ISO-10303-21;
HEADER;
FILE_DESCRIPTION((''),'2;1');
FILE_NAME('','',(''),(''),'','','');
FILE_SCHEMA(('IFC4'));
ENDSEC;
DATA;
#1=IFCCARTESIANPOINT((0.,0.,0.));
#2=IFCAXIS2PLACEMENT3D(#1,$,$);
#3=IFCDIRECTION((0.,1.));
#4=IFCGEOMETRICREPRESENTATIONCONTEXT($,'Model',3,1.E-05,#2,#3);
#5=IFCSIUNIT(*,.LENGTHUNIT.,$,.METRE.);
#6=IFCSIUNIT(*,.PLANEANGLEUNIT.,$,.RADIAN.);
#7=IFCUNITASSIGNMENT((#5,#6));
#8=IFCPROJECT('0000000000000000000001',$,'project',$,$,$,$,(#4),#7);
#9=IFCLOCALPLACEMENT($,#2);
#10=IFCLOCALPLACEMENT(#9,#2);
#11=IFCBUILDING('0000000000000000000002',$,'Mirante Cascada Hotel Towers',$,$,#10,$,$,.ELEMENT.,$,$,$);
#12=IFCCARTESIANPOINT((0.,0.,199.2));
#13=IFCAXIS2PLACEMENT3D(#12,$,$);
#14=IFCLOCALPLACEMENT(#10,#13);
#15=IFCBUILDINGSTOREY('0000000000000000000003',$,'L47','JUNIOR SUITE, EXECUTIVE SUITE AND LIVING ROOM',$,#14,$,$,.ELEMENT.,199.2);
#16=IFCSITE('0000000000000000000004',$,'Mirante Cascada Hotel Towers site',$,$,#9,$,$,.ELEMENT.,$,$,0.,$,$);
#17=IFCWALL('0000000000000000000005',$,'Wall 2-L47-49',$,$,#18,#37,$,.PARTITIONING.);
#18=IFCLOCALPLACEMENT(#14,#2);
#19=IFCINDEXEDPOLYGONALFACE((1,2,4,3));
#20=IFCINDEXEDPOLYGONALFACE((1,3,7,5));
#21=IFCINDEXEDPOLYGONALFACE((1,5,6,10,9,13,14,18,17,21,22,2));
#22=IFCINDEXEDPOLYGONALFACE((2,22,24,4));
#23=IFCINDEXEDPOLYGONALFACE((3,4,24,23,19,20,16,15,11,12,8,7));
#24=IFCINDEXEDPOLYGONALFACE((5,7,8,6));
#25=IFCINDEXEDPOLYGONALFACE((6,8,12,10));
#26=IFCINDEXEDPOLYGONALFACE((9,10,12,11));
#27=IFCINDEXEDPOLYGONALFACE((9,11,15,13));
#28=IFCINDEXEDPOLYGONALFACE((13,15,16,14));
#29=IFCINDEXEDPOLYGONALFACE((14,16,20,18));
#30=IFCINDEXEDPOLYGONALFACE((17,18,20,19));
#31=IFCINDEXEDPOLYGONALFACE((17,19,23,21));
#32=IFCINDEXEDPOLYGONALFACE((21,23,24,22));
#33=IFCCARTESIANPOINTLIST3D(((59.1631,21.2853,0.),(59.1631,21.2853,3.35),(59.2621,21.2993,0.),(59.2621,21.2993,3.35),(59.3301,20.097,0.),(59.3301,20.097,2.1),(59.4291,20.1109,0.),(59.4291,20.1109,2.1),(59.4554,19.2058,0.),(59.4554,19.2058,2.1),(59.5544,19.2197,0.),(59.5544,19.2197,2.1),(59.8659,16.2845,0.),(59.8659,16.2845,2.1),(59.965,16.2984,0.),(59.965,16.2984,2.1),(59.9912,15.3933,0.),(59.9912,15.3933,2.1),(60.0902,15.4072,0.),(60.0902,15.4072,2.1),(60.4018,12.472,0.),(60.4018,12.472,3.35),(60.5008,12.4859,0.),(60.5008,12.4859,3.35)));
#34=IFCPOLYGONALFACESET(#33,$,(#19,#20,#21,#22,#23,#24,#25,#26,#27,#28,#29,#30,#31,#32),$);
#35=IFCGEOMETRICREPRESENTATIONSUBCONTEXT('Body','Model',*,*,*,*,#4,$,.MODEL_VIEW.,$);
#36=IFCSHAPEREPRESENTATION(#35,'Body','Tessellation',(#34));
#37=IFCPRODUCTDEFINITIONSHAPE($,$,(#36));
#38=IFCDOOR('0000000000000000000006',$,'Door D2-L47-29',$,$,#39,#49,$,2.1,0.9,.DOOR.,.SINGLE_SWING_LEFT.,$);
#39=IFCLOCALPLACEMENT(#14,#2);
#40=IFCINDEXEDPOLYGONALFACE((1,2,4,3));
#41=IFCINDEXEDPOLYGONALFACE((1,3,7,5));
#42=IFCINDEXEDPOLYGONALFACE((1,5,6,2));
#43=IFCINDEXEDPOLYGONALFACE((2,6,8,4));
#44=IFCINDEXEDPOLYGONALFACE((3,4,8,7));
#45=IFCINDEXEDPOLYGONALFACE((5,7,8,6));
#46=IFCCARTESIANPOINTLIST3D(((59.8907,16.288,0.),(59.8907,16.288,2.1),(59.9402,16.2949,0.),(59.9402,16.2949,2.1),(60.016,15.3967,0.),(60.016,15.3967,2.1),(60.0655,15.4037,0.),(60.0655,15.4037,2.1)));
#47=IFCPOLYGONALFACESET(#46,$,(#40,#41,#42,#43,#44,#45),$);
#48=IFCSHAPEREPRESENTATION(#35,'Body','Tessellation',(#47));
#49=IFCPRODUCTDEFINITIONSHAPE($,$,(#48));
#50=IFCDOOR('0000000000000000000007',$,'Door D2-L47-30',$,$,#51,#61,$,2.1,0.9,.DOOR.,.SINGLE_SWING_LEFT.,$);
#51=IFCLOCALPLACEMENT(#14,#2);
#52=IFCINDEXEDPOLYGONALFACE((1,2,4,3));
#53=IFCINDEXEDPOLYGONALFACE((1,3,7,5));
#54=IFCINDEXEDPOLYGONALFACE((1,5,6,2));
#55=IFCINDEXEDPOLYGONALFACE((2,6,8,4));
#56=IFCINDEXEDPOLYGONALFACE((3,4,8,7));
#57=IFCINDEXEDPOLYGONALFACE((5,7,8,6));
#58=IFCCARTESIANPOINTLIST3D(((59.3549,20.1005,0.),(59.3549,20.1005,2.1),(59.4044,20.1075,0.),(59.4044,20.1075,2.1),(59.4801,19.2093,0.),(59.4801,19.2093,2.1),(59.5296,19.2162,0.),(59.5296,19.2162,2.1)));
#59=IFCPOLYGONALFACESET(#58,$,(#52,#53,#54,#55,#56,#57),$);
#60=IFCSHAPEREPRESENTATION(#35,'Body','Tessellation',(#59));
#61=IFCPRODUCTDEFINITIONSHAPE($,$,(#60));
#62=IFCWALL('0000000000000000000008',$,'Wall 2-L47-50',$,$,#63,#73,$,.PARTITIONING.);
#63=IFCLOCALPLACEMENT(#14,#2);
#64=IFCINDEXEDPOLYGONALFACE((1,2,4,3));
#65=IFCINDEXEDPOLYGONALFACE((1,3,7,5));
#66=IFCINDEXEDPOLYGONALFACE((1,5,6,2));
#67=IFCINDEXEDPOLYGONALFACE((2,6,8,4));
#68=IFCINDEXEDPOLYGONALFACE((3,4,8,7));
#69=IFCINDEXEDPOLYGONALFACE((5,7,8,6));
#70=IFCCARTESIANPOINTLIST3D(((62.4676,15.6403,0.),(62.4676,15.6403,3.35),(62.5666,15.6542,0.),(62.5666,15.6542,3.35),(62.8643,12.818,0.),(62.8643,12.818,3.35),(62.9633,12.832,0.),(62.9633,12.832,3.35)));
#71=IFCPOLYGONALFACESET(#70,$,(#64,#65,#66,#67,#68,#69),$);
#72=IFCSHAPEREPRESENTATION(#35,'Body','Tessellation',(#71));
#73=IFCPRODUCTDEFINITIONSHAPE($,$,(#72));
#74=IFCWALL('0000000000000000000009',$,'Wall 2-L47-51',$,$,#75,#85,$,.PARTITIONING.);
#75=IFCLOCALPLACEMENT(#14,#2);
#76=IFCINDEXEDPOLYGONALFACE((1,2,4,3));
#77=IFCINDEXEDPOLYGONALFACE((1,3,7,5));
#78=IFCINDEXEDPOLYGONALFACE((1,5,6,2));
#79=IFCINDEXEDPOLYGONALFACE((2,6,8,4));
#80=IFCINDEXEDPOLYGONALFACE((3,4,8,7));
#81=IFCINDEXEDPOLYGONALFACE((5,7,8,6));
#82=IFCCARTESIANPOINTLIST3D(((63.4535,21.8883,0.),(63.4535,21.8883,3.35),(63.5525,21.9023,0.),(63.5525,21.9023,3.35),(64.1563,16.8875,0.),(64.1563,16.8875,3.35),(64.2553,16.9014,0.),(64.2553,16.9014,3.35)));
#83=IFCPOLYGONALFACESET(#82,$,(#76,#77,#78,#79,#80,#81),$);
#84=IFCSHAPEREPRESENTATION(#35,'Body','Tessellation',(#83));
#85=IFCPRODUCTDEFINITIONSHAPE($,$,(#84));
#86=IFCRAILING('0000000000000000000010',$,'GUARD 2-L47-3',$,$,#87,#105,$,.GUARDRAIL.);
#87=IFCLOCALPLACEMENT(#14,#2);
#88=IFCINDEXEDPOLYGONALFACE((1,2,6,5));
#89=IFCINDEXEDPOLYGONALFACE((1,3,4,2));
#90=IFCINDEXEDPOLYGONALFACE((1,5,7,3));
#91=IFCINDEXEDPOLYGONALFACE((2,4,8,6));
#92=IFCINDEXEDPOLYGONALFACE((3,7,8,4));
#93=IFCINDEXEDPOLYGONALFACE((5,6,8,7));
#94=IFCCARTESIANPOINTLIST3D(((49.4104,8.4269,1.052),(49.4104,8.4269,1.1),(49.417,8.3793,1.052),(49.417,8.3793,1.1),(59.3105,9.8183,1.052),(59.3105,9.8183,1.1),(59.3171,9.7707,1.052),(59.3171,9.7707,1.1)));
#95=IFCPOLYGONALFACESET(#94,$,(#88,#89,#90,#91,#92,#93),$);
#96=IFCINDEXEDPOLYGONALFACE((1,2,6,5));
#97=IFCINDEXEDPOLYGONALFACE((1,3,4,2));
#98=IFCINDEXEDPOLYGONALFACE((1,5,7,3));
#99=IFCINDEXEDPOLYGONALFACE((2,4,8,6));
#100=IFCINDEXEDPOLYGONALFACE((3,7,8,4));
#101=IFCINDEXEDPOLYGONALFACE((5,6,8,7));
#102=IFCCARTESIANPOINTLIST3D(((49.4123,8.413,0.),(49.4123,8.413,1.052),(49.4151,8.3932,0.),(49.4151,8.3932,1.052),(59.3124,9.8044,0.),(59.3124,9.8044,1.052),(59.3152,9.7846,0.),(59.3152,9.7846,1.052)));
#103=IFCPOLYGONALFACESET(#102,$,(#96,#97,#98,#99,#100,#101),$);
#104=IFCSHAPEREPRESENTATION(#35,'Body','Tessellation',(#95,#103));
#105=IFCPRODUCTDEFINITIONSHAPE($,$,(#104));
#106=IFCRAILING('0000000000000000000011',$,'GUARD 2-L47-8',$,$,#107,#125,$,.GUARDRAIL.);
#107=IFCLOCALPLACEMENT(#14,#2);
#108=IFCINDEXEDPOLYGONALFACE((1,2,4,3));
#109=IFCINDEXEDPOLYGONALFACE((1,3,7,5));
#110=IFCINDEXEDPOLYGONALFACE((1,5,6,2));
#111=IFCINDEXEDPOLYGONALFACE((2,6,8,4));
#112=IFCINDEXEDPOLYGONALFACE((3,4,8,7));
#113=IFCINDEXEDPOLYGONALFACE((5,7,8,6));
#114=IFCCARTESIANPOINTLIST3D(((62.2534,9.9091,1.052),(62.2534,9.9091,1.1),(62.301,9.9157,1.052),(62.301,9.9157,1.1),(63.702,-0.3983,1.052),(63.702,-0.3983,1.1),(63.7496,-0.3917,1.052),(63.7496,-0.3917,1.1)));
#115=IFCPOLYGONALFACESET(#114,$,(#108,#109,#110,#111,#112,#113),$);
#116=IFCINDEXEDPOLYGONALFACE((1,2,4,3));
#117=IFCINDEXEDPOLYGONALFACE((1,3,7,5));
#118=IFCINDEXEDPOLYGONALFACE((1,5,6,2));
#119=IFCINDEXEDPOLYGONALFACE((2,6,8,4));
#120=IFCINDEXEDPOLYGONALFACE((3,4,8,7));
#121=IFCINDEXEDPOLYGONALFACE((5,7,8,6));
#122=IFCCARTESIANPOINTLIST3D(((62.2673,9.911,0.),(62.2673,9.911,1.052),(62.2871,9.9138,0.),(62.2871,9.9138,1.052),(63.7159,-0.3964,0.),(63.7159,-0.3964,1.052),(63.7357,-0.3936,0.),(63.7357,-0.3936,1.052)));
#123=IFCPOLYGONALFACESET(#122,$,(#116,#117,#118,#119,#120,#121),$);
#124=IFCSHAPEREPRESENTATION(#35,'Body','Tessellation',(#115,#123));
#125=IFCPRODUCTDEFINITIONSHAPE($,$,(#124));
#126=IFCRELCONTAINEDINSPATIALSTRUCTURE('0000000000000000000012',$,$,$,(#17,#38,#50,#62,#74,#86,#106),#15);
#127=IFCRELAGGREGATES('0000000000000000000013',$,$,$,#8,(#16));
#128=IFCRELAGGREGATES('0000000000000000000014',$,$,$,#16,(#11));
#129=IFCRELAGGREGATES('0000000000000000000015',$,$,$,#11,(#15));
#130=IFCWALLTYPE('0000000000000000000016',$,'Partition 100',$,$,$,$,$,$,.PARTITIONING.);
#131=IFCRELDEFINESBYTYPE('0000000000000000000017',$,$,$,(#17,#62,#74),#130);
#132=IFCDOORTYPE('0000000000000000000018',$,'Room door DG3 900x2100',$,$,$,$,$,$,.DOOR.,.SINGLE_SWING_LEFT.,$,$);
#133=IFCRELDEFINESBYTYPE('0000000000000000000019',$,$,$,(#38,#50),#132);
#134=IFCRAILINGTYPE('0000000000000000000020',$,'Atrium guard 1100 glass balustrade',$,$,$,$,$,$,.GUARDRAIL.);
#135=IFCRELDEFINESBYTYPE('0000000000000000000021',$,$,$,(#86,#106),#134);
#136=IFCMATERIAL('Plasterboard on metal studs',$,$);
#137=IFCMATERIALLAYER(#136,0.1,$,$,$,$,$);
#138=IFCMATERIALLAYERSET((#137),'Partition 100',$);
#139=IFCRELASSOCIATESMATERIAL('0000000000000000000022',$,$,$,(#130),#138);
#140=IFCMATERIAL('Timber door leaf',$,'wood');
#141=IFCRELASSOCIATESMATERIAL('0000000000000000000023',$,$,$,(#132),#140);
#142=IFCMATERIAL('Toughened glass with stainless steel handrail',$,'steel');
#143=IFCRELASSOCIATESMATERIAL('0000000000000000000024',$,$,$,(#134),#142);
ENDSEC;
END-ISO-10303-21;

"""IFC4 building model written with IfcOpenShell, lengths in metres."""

from ifc_helpers import new_model, si_unit, direction, frame, frame_2d, origin, origin_2d, place, context, subcontext, project, spatial, rectangle, extrude, material, layer, layer_set, type_object, element, fill, save


model = new_model("IFC4")

# Units and contexts
model_context = context("Model", 3, precision=1e-05, world=origin(), true_north=direction((0.0, 1.0)))
body_context = subcontext(model_context, "Body", "Model", "MODEL_VIEW")
ifc_project = project(units=[si_unit("LENGTHUNIT", "METRE"), si_unit("PLANEANGLEUNIT", "RADIAN")], contexts=[model_context])

# Site, building, storey
site_placement = place(None, origin())
site = spatial("IfcSite", under=ifc_project, at=site_placement, Name="Mirante Cascada Hotel Towers site", CompositionType="ELEMENT", RefElevation=0.0)
building_placement = place(site_placement, origin())
building = spatial("IfcBuilding", under=site, at=building_placement, Name="Mirante Cascada Hotel Towers", CompositionType="ELEMENT")
storey_placement = place(building_placement, frame((0.0, 0.0, 199.2)))
storey = spatial("IfcBuildingStorey", under=building, at=storey_placement, Name="L47", Description="JUNIOR SUITE, EXECUTIVE SUITE AND LIVING ROOM", CompositionType="ELEMENT", Elevation=199.2)

# Shared definitions
ifc_material_1 = material(Name="Plasterboard on metal studs")
ifc_layer_1 = layer(ifc_material_1, 0.1)
ifc_layer_set_1 = layer_set([ifc_layer_1], Name="Partition 100")
wall_type = type_object("IfcWallType", Name="Partition 100", PredefinedType="PARTITIONING", material=ifc_layer_set_1)

# Wall, openings, doors
wall_1_placement = place(storey_placement, frame((59.2126, 21.2923, 0.0), z_axis=(0.0, 0.0, 1.0), x_axis=(0.139179, -0.990267, 0.0)))
wall_1 = element("IfcWall", 1, at=wall_1_placement, inside=storey, type_object=wall_type, Name="Wall 2-L47-49", PredefinedType="PARTITIONING", context=body_context, shape_type="SweptSolid", body=[
    extrude(rectangle(XDim=8.9, YDim=0.1, at=frame_2d((4.45, 0.0))), origin(), (0.0, 0.0, 1.0), 3.35),
])
opening_1_placement = place(wall_1_placement, frame((5.05, 0.0, 0.0)))
opening_1 = element("IfcOpeningElement", 2, at=opening_1_placement, cuts=wall_1, PredefinedType="OPENING", context=body_context, shape_type="SweptSolid", body=[
    extrude(rectangle(XDim=0.9, YDim=2.1, at=frame_2d((0.45, 1.05))), frame((0.0, 0.05, 0.0), z_axis=(0.0, -1.0, 0.0), x_axis=(1.0, 0.0, 0.0)), (0.0, 0.0, 1.0), 0.1),
])
opening_2_placement = place(wall_1_placement, frame((1.2, 0.0, 0.0)))
opening_2 = element("IfcOpeningElement", 3, at=opening_2_placement, cuts=wall_1, PredefinedType="OPENING", context=body_context, shape_type="SweptSolid", body=[
    extrude(rectangle(XDim=0.9, YDim=2.1, at=frame_2d((0.45, 1.05))), frame((0.0, 0.05, 0.0), z_axis=(0.0, -1.0, 0.0), x_axis=(1.0, 0.0, 0.0)), (0.0, 0.0, 1.0), 0.1),
])
ifc_material_2 = material(Name="Timber door leaf", Category="wood")
door_type_1 = type_object("IfcDoorType", Name="Room door DG3 900x2100", OperationType="SINGLE_SWING_LEFT", PredefinedType="DOOR", material=ifc_material_2)
door_1_placement = place(opening_1_placement, origin())
door_1 = element("IfcDoor", 4, at=door_1_placement, inside=storey, type_object=door_type_1, Name="Door D2-L47-29", OperationType="SINGLE_SWING_LEFT", OverallHeight=2.1, OverallWidth=0.9, PredefinedType="DOOR", context=body_context, shape_type="SweptSolid", body=[
    extrude(rectangle(XDim=0.9, YDim=2.1, at=frame_2d((0.45, 1.05))), frame((0.0, 0.025, 0.0), z_axis=(0.0, -1.0, 0.0), x_axis=(1.0, 0.0, 0.0)), (0.0, 0.0, 1.0), 0.05),
])
fill(opening_1, door_1)
door_2_placement = place(opening_2_placement, origin())
door_2 = element("IfcDoor", 5, at=door_2_placement, inside=storey, type_object=door_type_1, Name="Door D2-L47-30", OperationType="SINGLE_SWING_LEFT", OverallHeight=2.1, OverallWidth=0.9, PredefinedType="DOOR", context=body_context, shape_type="SweptSolid", body=[
    extrude(rectangle(XDim=0.9, YDim=2.1, at=frame_2d((0.45, 1.05))), frame((0.0, 0.025, 0.0), z_axis=(0.0, -1.0, 0.0), x_axis=(1.0, 0.0, 0.0)), (0.0, 0.0, 1.0), 0.05),
])
fill(opening_2, door_2)

# Walls
wall_2_placement = place(storey_placement, frame((62.9138, 12.825, 0.0), z_axis=(0.0, 0.0, 1.0), x_axis=(-0.139191, 0.990266, 0.0)))
element("IfcWall", 6, at=wall_2_placement, inside=storey, type_object=wall_type, Name="Wall 2-L47-50", PredefinedType="PARTITIONING", context=body_context, shape_type="SweptSolid", body=[
    extrude(rectangle(XDim=2.85, YDim=0.1, at=frame_2d((1.425, 0.0))), origin(), (0.0, 0.0, 1.0), 3.35),
])
wall_3_placement = place(storey_placement, frame((63.503, 21.8953, 0.0), z_axis=(0.0, 0.0, 1.0), x_axis=(0.139167, -0.990269, 0.0)))
element("IfcWall", 7, at=wall_3_placement, inside=storey, type_object=wall_type, Name="Wall 2-L47-51", PredefinedType="PARTITIONING", context=body_context, shape_type="SweptSolid", body=[
    extrude(rectangle(XDim=5.05, YDim=0.1, at=frame_2d((2.525, 0.0))), origin(), (0.0, 0.0, 1.0), 3.35),
])

# Railings
ifc_material_3 = material(Name="Toughened glass with stainless steel handrail", Category="steel")
railing_type = type_object("IfcRailingType", Name="Atrium guard 1100 glass balustrade", PredefinedType="GUARDRAIL", material=ifc_material_3)
railing_1_placement = place(storey_placement, frame((59.3138, 9.7945, 0.0)))
element("IfcRailing", 8, at=railing_1_placement, inside=storey, type_object=railing_type, Name="GUARD 2-L47-3", PredefinedType="GUARDRAIL", context=body_context, shape_type="SweptSolid", body=[
    extrude(rectangle(XDim=0.048, YDim=0.048, at=origin_2d()), frame((0.0, 0.0, 1.076), z_axis=(-0.990268, -0.139176, 0.0), x_axis=(0.139176, -0.990268, 0.0)), (0.0, 0.0, 1.0), 9.9974),
    extrude(rectangle(XDim=0.02, YDim=1.052, at=origin_2d()), frame((0.0, 0.0, 0.526), z_axis=(-0.990268, -0.139176, 0.0), x_axis=(0.139176, -0.990268, 0.0)), (0.0, 0.0, 1.0), 9.9974),
])
railing_2_placement = place(storey_placement, frame((62.2772, 9.9124, 0.0)))
element("IfcRailing", 9, at=railing_2_placement, inside=storey, type_object=railing_type, Name="GUARD 2-L47-8", PredefinedType="GUARDRAIL", context=body_context, shape_type="SweptSolid", body=[
    extrude(rectangle(XDim=0.048, YDim=0.048, at=origin_2d()), frame((0.0, 0.0, 1.076), z_axis=(0.139172, -0.990268, 0.0), x_axis=(0.990268, 0.139172, 0.0)), (0.0, 0.0, 1.0), 10.4087),
    extrude(rectangle(XDim=0.02, YDim=1.052, at=origin_2d()), frame((0.0, 0.0, 0.526), z_axis=(0.139172, -0.990268, 0.0), x_axis=(0.990268, 0.139172, 0.0)), (0.0, 0.0, 1.0), 10.4087),
])

save(model, "model.ifc")
